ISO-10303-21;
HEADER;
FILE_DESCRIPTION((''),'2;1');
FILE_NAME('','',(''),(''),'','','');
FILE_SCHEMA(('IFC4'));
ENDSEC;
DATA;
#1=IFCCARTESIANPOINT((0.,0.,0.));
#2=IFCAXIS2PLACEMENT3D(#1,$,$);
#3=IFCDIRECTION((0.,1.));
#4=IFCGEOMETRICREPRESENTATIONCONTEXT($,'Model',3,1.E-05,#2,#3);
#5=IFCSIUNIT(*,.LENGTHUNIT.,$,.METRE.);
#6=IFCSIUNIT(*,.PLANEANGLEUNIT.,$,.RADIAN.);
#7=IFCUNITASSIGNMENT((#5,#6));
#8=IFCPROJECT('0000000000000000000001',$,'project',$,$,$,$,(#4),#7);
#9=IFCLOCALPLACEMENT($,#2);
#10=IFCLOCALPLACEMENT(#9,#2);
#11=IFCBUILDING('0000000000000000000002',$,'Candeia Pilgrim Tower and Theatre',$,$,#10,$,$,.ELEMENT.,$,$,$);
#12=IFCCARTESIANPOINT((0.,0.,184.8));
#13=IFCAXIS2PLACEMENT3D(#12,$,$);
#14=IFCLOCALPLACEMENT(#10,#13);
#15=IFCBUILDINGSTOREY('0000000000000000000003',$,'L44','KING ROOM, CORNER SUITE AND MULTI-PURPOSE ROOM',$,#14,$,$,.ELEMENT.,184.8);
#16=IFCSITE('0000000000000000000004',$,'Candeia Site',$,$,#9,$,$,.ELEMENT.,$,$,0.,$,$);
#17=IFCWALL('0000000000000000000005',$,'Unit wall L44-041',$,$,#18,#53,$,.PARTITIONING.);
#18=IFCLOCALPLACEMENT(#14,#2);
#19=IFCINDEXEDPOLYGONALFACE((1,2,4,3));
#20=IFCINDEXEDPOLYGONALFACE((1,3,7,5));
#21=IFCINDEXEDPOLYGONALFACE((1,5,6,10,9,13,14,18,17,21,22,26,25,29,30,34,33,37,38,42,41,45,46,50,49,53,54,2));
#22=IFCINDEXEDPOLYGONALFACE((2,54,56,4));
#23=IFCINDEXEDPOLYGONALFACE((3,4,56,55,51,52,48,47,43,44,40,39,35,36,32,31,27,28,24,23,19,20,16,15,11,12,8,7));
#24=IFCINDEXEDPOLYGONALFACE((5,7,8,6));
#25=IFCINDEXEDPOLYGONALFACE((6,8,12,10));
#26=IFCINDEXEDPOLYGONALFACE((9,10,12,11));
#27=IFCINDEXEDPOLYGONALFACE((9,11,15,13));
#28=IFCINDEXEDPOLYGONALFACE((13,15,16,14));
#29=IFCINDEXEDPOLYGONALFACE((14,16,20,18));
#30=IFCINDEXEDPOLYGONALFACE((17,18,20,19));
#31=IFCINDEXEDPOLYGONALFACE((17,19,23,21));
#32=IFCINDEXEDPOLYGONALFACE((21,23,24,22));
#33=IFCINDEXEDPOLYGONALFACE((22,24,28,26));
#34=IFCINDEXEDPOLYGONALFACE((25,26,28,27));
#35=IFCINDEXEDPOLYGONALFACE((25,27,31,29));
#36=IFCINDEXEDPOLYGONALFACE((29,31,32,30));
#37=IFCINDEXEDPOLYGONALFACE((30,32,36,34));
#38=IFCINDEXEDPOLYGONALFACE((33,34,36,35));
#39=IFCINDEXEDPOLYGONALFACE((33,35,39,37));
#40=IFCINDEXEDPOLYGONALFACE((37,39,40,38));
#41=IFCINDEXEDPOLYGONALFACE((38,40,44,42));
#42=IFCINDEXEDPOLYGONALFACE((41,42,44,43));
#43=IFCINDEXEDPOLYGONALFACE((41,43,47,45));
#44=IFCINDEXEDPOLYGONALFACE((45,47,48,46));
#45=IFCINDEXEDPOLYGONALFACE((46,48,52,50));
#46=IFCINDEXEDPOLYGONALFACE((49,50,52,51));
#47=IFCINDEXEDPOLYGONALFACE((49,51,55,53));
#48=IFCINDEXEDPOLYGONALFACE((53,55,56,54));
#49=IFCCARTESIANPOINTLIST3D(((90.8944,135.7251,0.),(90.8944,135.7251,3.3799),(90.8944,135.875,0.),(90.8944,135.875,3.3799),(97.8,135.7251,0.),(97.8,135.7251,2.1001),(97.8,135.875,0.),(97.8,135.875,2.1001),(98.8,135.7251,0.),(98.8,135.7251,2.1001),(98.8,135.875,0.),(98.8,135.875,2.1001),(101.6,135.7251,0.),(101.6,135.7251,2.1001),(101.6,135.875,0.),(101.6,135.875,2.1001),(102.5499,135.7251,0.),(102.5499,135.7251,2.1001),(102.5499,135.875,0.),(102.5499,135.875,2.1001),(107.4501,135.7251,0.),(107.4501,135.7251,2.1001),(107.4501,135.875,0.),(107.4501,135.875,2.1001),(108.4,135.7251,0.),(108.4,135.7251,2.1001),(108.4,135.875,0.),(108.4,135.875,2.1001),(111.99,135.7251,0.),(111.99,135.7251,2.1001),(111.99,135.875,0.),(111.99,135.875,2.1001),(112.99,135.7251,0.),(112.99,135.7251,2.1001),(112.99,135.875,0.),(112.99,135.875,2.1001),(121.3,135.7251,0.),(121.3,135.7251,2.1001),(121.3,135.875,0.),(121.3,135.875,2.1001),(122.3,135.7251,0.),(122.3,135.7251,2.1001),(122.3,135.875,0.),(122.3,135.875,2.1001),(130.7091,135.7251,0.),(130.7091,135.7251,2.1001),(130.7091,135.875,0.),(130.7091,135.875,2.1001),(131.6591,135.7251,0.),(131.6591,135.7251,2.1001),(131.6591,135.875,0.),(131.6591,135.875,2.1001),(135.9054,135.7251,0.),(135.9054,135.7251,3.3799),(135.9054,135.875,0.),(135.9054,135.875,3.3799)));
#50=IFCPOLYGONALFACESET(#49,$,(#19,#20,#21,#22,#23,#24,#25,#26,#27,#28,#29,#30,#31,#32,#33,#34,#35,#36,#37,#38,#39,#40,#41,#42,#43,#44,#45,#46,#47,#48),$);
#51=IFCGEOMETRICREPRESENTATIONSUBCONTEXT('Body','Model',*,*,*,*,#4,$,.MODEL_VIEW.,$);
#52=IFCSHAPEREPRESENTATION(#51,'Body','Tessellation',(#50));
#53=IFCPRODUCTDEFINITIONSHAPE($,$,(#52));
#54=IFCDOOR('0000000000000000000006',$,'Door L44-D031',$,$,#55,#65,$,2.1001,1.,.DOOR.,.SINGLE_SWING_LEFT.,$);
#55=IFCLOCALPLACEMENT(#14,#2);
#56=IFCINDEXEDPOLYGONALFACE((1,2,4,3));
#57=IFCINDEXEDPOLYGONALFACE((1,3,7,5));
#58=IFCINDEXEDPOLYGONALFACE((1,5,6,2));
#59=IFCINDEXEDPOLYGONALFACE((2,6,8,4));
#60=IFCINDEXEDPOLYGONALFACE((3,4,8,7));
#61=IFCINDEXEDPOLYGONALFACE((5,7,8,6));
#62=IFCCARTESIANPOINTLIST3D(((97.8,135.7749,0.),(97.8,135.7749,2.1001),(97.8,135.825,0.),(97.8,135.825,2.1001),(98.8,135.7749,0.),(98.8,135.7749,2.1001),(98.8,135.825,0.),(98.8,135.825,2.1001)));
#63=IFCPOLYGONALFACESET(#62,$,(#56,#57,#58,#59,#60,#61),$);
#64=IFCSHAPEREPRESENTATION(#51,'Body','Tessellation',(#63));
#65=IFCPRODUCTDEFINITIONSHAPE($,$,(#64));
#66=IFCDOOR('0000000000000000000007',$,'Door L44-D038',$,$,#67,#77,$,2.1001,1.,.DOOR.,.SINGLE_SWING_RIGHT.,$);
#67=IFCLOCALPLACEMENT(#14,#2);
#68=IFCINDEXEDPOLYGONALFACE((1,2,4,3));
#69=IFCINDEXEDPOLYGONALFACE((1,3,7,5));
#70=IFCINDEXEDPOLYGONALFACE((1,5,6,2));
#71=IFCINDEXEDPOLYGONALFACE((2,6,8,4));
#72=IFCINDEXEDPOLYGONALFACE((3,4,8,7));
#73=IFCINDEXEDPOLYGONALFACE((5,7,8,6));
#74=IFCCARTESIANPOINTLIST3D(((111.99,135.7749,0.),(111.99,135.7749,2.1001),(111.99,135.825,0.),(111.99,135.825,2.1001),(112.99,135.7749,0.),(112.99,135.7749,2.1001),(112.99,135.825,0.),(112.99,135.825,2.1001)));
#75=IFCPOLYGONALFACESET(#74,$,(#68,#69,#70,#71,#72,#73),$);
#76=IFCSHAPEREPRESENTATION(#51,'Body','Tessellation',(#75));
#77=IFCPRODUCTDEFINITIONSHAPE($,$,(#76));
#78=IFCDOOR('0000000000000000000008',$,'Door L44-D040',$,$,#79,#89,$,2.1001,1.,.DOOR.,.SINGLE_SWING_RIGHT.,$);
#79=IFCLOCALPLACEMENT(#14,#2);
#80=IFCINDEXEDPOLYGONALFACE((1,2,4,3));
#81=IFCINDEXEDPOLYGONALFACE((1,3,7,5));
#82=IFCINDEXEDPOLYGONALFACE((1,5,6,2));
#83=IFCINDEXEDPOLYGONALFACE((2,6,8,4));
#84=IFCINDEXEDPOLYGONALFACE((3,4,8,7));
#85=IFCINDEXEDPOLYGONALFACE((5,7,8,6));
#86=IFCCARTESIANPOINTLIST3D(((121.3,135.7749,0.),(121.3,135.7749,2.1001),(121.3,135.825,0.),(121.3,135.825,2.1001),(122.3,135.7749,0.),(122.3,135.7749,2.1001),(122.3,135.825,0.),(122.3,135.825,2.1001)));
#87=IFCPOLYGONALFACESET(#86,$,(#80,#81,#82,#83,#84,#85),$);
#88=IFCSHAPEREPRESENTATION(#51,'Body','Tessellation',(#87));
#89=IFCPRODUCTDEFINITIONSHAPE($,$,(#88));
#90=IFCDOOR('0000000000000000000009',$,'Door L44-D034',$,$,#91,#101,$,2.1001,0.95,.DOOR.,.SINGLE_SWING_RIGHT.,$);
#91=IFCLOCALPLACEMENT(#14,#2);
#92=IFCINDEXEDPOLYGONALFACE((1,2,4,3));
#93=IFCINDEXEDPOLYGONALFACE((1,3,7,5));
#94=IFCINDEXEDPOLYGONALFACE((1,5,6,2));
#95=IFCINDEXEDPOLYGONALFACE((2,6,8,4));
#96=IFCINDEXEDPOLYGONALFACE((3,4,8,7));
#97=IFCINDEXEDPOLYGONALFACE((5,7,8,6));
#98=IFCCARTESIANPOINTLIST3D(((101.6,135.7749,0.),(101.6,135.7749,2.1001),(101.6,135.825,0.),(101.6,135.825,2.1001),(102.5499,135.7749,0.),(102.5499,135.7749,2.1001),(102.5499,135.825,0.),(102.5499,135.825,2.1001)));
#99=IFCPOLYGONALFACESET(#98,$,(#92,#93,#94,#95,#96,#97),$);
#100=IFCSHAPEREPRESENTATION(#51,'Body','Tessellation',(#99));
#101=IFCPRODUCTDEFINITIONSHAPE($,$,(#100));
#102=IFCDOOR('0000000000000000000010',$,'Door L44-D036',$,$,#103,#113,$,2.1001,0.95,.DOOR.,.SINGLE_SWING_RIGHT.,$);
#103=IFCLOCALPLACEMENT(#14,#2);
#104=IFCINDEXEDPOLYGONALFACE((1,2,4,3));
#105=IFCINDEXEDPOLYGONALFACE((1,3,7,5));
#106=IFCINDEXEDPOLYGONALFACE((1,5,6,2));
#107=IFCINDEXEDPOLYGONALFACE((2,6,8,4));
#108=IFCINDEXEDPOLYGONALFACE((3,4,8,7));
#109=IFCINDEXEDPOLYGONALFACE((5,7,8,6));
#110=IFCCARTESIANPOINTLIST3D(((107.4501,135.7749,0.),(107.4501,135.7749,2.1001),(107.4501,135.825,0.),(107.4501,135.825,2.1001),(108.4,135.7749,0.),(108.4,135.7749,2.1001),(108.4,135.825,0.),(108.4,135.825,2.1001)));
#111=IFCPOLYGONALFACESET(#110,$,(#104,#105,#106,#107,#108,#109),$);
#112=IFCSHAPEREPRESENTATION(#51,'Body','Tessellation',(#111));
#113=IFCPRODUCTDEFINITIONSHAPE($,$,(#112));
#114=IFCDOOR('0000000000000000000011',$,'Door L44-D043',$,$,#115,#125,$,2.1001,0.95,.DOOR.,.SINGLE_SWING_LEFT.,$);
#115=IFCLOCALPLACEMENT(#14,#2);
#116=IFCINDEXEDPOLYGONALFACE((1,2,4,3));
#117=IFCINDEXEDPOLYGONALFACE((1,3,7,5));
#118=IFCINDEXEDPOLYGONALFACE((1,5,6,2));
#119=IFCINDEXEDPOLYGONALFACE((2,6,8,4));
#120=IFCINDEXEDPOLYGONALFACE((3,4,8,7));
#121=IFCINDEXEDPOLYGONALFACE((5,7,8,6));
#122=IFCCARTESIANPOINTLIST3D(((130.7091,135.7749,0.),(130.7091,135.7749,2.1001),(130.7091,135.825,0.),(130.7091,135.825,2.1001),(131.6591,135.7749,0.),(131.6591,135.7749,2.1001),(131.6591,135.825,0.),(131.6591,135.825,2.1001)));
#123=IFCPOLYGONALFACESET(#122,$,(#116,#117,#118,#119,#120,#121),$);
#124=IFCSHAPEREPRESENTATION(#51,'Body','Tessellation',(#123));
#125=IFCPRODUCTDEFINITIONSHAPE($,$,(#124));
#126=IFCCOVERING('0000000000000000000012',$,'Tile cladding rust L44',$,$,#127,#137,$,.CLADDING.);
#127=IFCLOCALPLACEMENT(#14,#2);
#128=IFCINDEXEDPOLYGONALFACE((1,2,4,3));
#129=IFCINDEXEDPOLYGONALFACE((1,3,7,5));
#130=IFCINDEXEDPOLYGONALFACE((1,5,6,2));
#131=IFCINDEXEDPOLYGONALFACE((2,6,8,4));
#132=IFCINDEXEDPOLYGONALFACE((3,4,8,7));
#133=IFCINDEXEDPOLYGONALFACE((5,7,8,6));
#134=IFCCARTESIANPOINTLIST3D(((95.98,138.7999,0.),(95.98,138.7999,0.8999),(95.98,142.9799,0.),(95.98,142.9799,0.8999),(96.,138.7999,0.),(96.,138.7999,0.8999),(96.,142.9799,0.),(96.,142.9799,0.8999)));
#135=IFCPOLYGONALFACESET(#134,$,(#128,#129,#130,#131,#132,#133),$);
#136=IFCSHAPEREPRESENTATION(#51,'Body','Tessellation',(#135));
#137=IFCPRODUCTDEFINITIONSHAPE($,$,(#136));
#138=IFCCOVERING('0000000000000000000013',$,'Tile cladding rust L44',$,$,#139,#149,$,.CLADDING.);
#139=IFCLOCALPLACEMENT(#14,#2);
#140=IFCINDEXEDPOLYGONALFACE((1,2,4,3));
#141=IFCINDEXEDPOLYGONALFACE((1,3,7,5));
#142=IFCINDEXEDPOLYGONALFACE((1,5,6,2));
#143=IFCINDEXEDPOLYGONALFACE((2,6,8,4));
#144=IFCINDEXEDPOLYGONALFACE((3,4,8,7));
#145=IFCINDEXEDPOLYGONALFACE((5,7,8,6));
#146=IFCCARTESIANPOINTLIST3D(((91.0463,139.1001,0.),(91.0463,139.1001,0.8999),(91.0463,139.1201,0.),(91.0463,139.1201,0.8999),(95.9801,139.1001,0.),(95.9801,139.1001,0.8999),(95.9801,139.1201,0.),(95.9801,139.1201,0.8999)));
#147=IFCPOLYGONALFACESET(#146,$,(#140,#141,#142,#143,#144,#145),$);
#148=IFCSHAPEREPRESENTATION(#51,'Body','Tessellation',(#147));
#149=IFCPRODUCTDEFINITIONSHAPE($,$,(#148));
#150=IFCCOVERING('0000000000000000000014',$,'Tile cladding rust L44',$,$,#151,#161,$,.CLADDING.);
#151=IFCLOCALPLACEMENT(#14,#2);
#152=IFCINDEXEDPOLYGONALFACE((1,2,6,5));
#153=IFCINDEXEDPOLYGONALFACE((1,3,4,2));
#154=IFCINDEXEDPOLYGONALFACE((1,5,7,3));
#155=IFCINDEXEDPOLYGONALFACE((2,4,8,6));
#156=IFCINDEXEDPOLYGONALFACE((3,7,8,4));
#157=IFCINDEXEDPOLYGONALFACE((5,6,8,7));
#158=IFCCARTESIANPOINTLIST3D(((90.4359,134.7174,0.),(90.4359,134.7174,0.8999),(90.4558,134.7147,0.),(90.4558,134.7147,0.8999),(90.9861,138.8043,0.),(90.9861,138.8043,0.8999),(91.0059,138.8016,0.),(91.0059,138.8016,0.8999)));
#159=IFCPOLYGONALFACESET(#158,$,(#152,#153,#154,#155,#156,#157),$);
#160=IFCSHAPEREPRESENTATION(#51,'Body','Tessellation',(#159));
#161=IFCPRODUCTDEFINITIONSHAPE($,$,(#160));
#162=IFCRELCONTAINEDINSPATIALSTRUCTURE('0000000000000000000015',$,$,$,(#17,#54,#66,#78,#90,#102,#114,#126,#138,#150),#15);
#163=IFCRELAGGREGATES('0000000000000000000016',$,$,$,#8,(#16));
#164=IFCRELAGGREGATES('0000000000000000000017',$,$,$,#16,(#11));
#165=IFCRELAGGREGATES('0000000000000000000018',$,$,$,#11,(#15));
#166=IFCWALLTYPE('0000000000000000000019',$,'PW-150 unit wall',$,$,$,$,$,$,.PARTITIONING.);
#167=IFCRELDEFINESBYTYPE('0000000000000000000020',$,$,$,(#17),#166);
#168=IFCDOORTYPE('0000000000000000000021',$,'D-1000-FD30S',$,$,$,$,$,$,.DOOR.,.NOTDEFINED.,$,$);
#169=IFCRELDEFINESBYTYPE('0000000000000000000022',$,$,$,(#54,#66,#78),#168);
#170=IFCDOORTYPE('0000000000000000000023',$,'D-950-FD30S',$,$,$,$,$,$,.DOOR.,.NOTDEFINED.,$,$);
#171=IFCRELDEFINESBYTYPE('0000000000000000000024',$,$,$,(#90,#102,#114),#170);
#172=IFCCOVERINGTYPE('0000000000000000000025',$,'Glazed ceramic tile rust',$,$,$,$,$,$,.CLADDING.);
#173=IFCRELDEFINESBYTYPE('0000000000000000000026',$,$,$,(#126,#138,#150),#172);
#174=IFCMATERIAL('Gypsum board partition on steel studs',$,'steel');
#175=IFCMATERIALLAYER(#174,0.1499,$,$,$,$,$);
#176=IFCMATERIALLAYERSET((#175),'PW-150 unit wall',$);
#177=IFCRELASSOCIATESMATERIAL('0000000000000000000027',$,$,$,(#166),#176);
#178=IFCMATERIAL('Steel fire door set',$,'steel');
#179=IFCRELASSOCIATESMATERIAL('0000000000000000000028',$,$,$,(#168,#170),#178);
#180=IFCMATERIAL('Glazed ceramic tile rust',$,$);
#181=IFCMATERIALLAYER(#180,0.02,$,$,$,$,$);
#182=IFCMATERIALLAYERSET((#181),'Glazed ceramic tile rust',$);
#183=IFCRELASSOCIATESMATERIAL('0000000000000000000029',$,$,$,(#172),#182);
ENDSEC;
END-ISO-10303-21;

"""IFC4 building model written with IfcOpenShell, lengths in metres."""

from ifc_helpers import new_model, si_unit, direction, frame, frame_2d, origin, origin_2d, place, context, subcontext, project, spatial, rectangle, extrude, material, layer, layer_set, type_object, element, fill, save


model = new_model("IFC4")

# Units and contexts
model_context = context("Model", 3, precision=1e-05, world=origin(), true_north=direction((0.0, 1.0)))
body_context = subcontext(model_context, "Body", "Model", "MODEL_VIEW")
ifc_project = project(units=[si_unit("LENGTHUNIT", "METRE"), si_unit("PLANEANGLEUNIT", "RADIAN")], contexts=[model_context])

# Site, building, storey
site_placement = place(None, origin())
site = spatial("IfcSite", under=ifc_project, at=site_placement, Name="Candeia Site", CompositionType="ELEMENT", RefElevation=0.0)
building_placement = place(site_placement, origin())
building = spatial("IfcBuilding", under=site, at=building_placement, Name="Candeia Pilgrim Tower and Theatre", CompositionType="ELEMENT")
storey_placement = place(building_placement, frame((0.0, 0.0, 184.8)))
storey = spatial("IfcBuildingStorey", under=building, at=storey_placement, Name="L44", Description="KING ROOM, CORNER SUITE AND MULTI-PURPOSE ROOM", CompositionType="ELEMENT", Elevation=184.8)

# Shared definitions
ifc_material_1 = material(Name="Gypsum board partition on steel studs", Category="steel")

# Wall, openings, doors
ifc_layer_1 = layer(ifc_material_1, 0.1499)
ifc_layer_set_1 = layer_set([ifc_layer_1], Name="PW-150 unit wall")
wall_type_1 = type_object("IfcWallType", Name="PW-150 unit wall", PredefinedType="PARTITIONING", material=ifc_layer_set_1)
wall_1_placement = place(storey_placement, frame((90.8945, 135.8, 0.0), z_axis=(0.0, 0.0, 1.0), x_axis=(1.0, 0.0, 0.0)))
wall_1 = element("IfcWall", 1, at=wall_1_placement, inside=storey, type_object=wall_type_1, Name="Unit wall L44-041", PredefinedType="PARTITIONING", context=body_context, shape_type="SweptSolid", body=[
    extrude(rectangle(XDim=45.011, YDim=0.1499, at=frame_2d((22.5054, 0.0))), origin(), (0.0, 0.0, 1.0), 3.3799),
])
opening_1_placement = place(wall_1_placement, frame((6.9055, 0.0, 0.0)))
opening_1 = element("IfcOpeningElement", 2, at=opening_1_placement, cuts=wall_1, PredefinedType="OPENING", context=body_context, shape_type="SweptSolid", body=[
    extrude(rectangle(XDim=1.0, YDim=2.1001, at=frame_2d((0.5, 1.05))), frame((0.0, 0.085, 0.0), z_axis=(0.0, -1.0, 0.0), x_axis=(1.0, 0.0, 0.0)), (0.0, 0.0, 1.0), 0.1699),
])
opening_2_placement = place(wall_1_placement, frame((10.7053, 0.0, 0.0)))
opening_2 = element("IfcOpeningElement", 3, at=opening_2_placement, cuts=wall_1, PredefinedType="OPENING", context=body_context, shape_type="SweptSolid", body=[
    extrude(rectangle(XDim=0.95, YDim=2.1001, at=frame_2d((0.4751, 1.05))), frame((0.0, 0.085, 0.0), z_axis=(0.0, -1.0, 0.0), x_axis=(1.0, 0.0, 0.0)), (0.0, 0.0, 1.0), 0.1699),
])
opening_3_placement = place(wall_1_placement, frame((16.5554, 0.0, 0.0)))
opening_3 = element("IfcOpeningElement", 4, at=opening_3_placement, cuts=wall_1, PredefinedType="OPENING", context=body_context, shape_type="SweptSolid", body=[
    extrude(rectangle(XDim=0.95, YDim=2.1001, at=frame_2d((0.4751, 1.05))), frame((0.0, 0.085, 0.0), z_axis=(0.0, -1.0, 0.0), x_axis=(1.0, 0.0, 0.0)), (0.0, 0.0, 1.0), 0.1699),
])
opening_4_placement = place(wall_1_placement, frame((21.0955, 0.0, 0.0)))
opening_4 = element("IfcOpeningElement", 5, at=opening_4_placement, cuts=wall_1, PredefinedType="OPENING", context=body_context, shape_type="SweptSolid", body=[
    extrude(rectangle(XDim=1.0, YDim=2.1001, at=frame_2d((0.5, 1.05))), frame((0.0, 0.085, 0.0), z_axis=(0.0, -1.0, 0.0), x_axis=(1.0, 0.0, 0.0)), (0.0, 0.0, 1.0), 0.1699),
])
opening_5_placement = place(wall_1_placement, frame((30.4055, 0.0, 0.0)))
opening_5 = element("IfcOpeningElement", 6, at=opening_5_placement, cuts=wall_1, PredefinedType="OPENING", context=body_context, shape_type="SweptSolid", body=[
    extrude(rectangle(XDim=1.0, YDim=2.1001, at=frame_2d((0.5, 1.05))), frame((0.0, 0.085, 0.0), z_axis=(0.0, -1.0, 0.0), x_axis=(1.0, 0.0, 0.0)), (0.0, 0.0, 1.0), 0.1699),
])
opening_6_placement = place(wall_1_placement, frame((39.8145, 0.0, 0.0)))
opening_6 = element("IfcOpeningElement", 7, at=opening_6_placement, cuts=wall_1, PredefinedType="OPENING", context=body_context, shape_type="SweptSolid", body=[
    extrude(rectangle(XDim=0.95, YDim=2.1001, at=frame_2d((0.4751, 1.05))), frame((0.0, 0.085, 0.0), z_axis=(0.0, -1.0, 0.0), x_axis=(1.0, 0.0, 0.0)), (0.0, 0.0, 1.0), 0.1699),
])
ifc_material_2 = material(Name="Steel fire door set", Category="steel")
door_type_1 = type_object("IfcDoorType", Name="D-1000-FD30S", OperationType="NOTDEFINED", PredefinedType="DOOR", material=ifc_material_2)
door_1_placement = place(opening_1_placement, origin())
door_1 = element("IfcDoor", 8, at=door_1_placement, inside=storey, type_object=door_type_1, Name="Door L44-D031", OperationType="SINGLE_SWING_LEFT", OverallHeight=2.1001, OverallWidth=1.0, PredefinedType="DOOR", context=body_context, shape_type="SweptSolid", body=[
    extrude(rectangle(XDim=1.0, YDim=2.1001, at=frame_2d((0.5, 1.05))), frame((0.0, 0.0249, 0.0), z_axis=(0.0, -1.0, 0.0), x_axis=(1.0, 0.0, 0.0)), (0.0, 0.0, 1.0), 0.05),
])
fill(opening_1, door_1)
door_2_placement = place(opening_4_placement, origin())
door_2 = element("IfcDoor", 9, at=door_2_placement, inside=storey, type_object=door_type_1, Name="Door L44-D038", OperationType="SINGLE_SWING_RIGHT", OverallHeight=2.1001, OverallWidth=1.0, PredefinedType="DOOR", context=body_context, shape_type="SweptSolid", body=[
    extrude(rectangle(XDim=1.0, YDim=2.1001, at=frame_2d((0.5, 1.05))), frame((0.0, 0.0249, 0.0), z_axis=(0.0, -1.0, 0.0), x_axis=(1.0, 0.0, 0.0)), (0.0, 0.0, 1.0), 0.05),
])
fill(opening_4, door_2)
door_3_placement = place(opening_5_placement, origin())
door_3 = element("IfcDoor", 10, at=door_3_placement, inside=storey, type_object=door_type_1, Name="Door L44-D040", OperationType="SINGLE_SWING_RIGHT", OverallHeight=2.1001, OverallWidth=1.0, PredefinedType="DOOR", context=body_context, shape_type="SweptSolid", body=[
    extrude(rectangle(XDim=1.0, YDim=2.1001, at=frame_2d((0.5, 1.05))), frame((0.0, 0.0249, 0.0), z_axis=(0.0, -1.0, 0.0), x_axis=(1.0, 0.0, 0.0)), (0.0, 0.0, 1.0), 0.05),
])
fill(opening_5, door_3)
door_type_2 = type_object("IfcDoorType", Name="D-950-FD30S", OperationType="NOTDEFINED", PredefinedType="DOOR", material=ifc_material_2)
door_4_placement = place(opening_2_placement, origin())
door_4 = element("IfcDoor", 11, at=door_4_placement, inside=storey, type_object=door_type_2, Name="Door L44-D034", OperationType="SINGLE_SWING_RIGHT", OverallHeight=2.1001, OverallWidth=0.95, PredefinedType="DOOR", context=body_context, shape_type="SweptSolid", body=[
    extrude(rectangle(XDim=0.95, YDim=2.1001, at=frame_2d((0.4751, 1.05))), frame((0.0, 0.0249, 0.0), z_axis=(0.0, -1.0, 0.0), x_axis=(1.0, 0.0, 0.0)), (0.0, 0.0, 1.0), 0.05),
])
fill(opening_2, door_4)
door_5_placement = place(opening_3_placement, origin())
door_5 = element("IfcDoor", 12, at=door_5_placement, inside=storey, type_object=door_type_2, Name="Door L44-D036", OperationType="SINGLE_SWING_RIGHT", OverallHeight=2.1001, OverallWidth=0.95, PredefinedType="DOOR", context=body_context, shape_type="SweptSolid", body=[
    extrude(rectangle(XDim=0.95, YDim=2.1001, at=frame_2d((0.4751, 1.05))), frame((0.0, 0.0249, 0.0), z_axis=(0.0, -1.0, 0.0), x_axis=(1.0, 0.0, 0.0)), (0.0, 0.0, 1.0), 0.05),
])
fill(opening_3, door_5)
door_6_placement = place(opening_6_placement, origin())
door_6 = element("IfcDoor", 13, at=door_6_placement, inside=storey, type_object=door_type_2, Name="Door L44-D043", OperationType="SINGLE_SWING_LEFT", OverallHeight=2.1001, OverallWidth=0.95, PredefinedType="DOOR", context=body_context, shape_type="SweptSolid", body=[
    extrude(rectangle(XDim=0.95, YDim=2.1001, at=frame_2d((0.4751, 1.05))), frame((0.0, 0.0249, 0.0), z_axis=(0.0, -1.0, 0.0), x_axis=(1.0, 0.0, 0.0)), (0.0, 0.0, 1.0), 0.05),
])
fill(opening_6, door_6)

# Coverings
ifc_material_3 = material(Name="Glazed ceramic tile rust")
ifc_layer_2 = layer(ifc_material_3, 0.02)
ifc_layer_set_2 = layer_set([ifc_layer_2], Name="Glazed ceramic tile rust")
covering_type = type_object("IfcCoveringType", Name="Glazed ceramic tile rust", PredefinedType="CLADDING", material=ifc_layer_set_2)
covering_1_placement = place(storey_placement, frame((95.99, 140.8899, 0.0), z_axis=(0.0, 0.0, 1.0), x_axis=(0.0, -1.0, 0.0)))
element("IfcCovering", 14, at=covering_1_placement, inside=storey, type_object=covering_type, Name="Tile cladding rust L44", PredefinedType="CLADDING", context=body_context, shape_type="SweptSolid", body=[
    extrude(rectangle(XDim=4.1799, YDim=0.02, at=origin_2d()), origin(), (0.0, 0.0, 1.0), 0.8999),
])
covering_2_placement = place(storey_placement, frame((93.5132, 139.1101, 0.0), z_axis=(0.0, 0.0, 1.0), x_axis=(-1.0, 0.0, 0.0)))
element("IfcCovering", 15, at=covering_2_placement, inside=storey, type_object=covering_type, Name="Tile cladding rust L44", PredefinedType="CLADDING", context=body_context, shape_type="SweptSolid", body=[
    extrude(rectangle(XDim=4.9338, YDim=0.02, at=origin_2d()), origin(), (0.0, 0.0, 1.0), 0.8999),
])
covering_3_placement = place(storey_placement, frame((90.7209, 136.7595, 0.0), z_axis=(0.0, 0.0, 1.0), x_axis=(-0.133412, -0.991061, 0.0)))
element("IfcCovering", 16, at=covering_3_placement, inside=storey, type_object=covering_type, Name="Tile cladding rust L44", PredefinedType="CLADDING", context=body_context, shape_type="SweptSolid", body=[
    extrude(rectangle(XDim=4.1238, YDim=0.02, at=origin_2d()), origin(), (0.0, 0.0, 1.0), 0.8999),
])

save(model, "model.ifc")
